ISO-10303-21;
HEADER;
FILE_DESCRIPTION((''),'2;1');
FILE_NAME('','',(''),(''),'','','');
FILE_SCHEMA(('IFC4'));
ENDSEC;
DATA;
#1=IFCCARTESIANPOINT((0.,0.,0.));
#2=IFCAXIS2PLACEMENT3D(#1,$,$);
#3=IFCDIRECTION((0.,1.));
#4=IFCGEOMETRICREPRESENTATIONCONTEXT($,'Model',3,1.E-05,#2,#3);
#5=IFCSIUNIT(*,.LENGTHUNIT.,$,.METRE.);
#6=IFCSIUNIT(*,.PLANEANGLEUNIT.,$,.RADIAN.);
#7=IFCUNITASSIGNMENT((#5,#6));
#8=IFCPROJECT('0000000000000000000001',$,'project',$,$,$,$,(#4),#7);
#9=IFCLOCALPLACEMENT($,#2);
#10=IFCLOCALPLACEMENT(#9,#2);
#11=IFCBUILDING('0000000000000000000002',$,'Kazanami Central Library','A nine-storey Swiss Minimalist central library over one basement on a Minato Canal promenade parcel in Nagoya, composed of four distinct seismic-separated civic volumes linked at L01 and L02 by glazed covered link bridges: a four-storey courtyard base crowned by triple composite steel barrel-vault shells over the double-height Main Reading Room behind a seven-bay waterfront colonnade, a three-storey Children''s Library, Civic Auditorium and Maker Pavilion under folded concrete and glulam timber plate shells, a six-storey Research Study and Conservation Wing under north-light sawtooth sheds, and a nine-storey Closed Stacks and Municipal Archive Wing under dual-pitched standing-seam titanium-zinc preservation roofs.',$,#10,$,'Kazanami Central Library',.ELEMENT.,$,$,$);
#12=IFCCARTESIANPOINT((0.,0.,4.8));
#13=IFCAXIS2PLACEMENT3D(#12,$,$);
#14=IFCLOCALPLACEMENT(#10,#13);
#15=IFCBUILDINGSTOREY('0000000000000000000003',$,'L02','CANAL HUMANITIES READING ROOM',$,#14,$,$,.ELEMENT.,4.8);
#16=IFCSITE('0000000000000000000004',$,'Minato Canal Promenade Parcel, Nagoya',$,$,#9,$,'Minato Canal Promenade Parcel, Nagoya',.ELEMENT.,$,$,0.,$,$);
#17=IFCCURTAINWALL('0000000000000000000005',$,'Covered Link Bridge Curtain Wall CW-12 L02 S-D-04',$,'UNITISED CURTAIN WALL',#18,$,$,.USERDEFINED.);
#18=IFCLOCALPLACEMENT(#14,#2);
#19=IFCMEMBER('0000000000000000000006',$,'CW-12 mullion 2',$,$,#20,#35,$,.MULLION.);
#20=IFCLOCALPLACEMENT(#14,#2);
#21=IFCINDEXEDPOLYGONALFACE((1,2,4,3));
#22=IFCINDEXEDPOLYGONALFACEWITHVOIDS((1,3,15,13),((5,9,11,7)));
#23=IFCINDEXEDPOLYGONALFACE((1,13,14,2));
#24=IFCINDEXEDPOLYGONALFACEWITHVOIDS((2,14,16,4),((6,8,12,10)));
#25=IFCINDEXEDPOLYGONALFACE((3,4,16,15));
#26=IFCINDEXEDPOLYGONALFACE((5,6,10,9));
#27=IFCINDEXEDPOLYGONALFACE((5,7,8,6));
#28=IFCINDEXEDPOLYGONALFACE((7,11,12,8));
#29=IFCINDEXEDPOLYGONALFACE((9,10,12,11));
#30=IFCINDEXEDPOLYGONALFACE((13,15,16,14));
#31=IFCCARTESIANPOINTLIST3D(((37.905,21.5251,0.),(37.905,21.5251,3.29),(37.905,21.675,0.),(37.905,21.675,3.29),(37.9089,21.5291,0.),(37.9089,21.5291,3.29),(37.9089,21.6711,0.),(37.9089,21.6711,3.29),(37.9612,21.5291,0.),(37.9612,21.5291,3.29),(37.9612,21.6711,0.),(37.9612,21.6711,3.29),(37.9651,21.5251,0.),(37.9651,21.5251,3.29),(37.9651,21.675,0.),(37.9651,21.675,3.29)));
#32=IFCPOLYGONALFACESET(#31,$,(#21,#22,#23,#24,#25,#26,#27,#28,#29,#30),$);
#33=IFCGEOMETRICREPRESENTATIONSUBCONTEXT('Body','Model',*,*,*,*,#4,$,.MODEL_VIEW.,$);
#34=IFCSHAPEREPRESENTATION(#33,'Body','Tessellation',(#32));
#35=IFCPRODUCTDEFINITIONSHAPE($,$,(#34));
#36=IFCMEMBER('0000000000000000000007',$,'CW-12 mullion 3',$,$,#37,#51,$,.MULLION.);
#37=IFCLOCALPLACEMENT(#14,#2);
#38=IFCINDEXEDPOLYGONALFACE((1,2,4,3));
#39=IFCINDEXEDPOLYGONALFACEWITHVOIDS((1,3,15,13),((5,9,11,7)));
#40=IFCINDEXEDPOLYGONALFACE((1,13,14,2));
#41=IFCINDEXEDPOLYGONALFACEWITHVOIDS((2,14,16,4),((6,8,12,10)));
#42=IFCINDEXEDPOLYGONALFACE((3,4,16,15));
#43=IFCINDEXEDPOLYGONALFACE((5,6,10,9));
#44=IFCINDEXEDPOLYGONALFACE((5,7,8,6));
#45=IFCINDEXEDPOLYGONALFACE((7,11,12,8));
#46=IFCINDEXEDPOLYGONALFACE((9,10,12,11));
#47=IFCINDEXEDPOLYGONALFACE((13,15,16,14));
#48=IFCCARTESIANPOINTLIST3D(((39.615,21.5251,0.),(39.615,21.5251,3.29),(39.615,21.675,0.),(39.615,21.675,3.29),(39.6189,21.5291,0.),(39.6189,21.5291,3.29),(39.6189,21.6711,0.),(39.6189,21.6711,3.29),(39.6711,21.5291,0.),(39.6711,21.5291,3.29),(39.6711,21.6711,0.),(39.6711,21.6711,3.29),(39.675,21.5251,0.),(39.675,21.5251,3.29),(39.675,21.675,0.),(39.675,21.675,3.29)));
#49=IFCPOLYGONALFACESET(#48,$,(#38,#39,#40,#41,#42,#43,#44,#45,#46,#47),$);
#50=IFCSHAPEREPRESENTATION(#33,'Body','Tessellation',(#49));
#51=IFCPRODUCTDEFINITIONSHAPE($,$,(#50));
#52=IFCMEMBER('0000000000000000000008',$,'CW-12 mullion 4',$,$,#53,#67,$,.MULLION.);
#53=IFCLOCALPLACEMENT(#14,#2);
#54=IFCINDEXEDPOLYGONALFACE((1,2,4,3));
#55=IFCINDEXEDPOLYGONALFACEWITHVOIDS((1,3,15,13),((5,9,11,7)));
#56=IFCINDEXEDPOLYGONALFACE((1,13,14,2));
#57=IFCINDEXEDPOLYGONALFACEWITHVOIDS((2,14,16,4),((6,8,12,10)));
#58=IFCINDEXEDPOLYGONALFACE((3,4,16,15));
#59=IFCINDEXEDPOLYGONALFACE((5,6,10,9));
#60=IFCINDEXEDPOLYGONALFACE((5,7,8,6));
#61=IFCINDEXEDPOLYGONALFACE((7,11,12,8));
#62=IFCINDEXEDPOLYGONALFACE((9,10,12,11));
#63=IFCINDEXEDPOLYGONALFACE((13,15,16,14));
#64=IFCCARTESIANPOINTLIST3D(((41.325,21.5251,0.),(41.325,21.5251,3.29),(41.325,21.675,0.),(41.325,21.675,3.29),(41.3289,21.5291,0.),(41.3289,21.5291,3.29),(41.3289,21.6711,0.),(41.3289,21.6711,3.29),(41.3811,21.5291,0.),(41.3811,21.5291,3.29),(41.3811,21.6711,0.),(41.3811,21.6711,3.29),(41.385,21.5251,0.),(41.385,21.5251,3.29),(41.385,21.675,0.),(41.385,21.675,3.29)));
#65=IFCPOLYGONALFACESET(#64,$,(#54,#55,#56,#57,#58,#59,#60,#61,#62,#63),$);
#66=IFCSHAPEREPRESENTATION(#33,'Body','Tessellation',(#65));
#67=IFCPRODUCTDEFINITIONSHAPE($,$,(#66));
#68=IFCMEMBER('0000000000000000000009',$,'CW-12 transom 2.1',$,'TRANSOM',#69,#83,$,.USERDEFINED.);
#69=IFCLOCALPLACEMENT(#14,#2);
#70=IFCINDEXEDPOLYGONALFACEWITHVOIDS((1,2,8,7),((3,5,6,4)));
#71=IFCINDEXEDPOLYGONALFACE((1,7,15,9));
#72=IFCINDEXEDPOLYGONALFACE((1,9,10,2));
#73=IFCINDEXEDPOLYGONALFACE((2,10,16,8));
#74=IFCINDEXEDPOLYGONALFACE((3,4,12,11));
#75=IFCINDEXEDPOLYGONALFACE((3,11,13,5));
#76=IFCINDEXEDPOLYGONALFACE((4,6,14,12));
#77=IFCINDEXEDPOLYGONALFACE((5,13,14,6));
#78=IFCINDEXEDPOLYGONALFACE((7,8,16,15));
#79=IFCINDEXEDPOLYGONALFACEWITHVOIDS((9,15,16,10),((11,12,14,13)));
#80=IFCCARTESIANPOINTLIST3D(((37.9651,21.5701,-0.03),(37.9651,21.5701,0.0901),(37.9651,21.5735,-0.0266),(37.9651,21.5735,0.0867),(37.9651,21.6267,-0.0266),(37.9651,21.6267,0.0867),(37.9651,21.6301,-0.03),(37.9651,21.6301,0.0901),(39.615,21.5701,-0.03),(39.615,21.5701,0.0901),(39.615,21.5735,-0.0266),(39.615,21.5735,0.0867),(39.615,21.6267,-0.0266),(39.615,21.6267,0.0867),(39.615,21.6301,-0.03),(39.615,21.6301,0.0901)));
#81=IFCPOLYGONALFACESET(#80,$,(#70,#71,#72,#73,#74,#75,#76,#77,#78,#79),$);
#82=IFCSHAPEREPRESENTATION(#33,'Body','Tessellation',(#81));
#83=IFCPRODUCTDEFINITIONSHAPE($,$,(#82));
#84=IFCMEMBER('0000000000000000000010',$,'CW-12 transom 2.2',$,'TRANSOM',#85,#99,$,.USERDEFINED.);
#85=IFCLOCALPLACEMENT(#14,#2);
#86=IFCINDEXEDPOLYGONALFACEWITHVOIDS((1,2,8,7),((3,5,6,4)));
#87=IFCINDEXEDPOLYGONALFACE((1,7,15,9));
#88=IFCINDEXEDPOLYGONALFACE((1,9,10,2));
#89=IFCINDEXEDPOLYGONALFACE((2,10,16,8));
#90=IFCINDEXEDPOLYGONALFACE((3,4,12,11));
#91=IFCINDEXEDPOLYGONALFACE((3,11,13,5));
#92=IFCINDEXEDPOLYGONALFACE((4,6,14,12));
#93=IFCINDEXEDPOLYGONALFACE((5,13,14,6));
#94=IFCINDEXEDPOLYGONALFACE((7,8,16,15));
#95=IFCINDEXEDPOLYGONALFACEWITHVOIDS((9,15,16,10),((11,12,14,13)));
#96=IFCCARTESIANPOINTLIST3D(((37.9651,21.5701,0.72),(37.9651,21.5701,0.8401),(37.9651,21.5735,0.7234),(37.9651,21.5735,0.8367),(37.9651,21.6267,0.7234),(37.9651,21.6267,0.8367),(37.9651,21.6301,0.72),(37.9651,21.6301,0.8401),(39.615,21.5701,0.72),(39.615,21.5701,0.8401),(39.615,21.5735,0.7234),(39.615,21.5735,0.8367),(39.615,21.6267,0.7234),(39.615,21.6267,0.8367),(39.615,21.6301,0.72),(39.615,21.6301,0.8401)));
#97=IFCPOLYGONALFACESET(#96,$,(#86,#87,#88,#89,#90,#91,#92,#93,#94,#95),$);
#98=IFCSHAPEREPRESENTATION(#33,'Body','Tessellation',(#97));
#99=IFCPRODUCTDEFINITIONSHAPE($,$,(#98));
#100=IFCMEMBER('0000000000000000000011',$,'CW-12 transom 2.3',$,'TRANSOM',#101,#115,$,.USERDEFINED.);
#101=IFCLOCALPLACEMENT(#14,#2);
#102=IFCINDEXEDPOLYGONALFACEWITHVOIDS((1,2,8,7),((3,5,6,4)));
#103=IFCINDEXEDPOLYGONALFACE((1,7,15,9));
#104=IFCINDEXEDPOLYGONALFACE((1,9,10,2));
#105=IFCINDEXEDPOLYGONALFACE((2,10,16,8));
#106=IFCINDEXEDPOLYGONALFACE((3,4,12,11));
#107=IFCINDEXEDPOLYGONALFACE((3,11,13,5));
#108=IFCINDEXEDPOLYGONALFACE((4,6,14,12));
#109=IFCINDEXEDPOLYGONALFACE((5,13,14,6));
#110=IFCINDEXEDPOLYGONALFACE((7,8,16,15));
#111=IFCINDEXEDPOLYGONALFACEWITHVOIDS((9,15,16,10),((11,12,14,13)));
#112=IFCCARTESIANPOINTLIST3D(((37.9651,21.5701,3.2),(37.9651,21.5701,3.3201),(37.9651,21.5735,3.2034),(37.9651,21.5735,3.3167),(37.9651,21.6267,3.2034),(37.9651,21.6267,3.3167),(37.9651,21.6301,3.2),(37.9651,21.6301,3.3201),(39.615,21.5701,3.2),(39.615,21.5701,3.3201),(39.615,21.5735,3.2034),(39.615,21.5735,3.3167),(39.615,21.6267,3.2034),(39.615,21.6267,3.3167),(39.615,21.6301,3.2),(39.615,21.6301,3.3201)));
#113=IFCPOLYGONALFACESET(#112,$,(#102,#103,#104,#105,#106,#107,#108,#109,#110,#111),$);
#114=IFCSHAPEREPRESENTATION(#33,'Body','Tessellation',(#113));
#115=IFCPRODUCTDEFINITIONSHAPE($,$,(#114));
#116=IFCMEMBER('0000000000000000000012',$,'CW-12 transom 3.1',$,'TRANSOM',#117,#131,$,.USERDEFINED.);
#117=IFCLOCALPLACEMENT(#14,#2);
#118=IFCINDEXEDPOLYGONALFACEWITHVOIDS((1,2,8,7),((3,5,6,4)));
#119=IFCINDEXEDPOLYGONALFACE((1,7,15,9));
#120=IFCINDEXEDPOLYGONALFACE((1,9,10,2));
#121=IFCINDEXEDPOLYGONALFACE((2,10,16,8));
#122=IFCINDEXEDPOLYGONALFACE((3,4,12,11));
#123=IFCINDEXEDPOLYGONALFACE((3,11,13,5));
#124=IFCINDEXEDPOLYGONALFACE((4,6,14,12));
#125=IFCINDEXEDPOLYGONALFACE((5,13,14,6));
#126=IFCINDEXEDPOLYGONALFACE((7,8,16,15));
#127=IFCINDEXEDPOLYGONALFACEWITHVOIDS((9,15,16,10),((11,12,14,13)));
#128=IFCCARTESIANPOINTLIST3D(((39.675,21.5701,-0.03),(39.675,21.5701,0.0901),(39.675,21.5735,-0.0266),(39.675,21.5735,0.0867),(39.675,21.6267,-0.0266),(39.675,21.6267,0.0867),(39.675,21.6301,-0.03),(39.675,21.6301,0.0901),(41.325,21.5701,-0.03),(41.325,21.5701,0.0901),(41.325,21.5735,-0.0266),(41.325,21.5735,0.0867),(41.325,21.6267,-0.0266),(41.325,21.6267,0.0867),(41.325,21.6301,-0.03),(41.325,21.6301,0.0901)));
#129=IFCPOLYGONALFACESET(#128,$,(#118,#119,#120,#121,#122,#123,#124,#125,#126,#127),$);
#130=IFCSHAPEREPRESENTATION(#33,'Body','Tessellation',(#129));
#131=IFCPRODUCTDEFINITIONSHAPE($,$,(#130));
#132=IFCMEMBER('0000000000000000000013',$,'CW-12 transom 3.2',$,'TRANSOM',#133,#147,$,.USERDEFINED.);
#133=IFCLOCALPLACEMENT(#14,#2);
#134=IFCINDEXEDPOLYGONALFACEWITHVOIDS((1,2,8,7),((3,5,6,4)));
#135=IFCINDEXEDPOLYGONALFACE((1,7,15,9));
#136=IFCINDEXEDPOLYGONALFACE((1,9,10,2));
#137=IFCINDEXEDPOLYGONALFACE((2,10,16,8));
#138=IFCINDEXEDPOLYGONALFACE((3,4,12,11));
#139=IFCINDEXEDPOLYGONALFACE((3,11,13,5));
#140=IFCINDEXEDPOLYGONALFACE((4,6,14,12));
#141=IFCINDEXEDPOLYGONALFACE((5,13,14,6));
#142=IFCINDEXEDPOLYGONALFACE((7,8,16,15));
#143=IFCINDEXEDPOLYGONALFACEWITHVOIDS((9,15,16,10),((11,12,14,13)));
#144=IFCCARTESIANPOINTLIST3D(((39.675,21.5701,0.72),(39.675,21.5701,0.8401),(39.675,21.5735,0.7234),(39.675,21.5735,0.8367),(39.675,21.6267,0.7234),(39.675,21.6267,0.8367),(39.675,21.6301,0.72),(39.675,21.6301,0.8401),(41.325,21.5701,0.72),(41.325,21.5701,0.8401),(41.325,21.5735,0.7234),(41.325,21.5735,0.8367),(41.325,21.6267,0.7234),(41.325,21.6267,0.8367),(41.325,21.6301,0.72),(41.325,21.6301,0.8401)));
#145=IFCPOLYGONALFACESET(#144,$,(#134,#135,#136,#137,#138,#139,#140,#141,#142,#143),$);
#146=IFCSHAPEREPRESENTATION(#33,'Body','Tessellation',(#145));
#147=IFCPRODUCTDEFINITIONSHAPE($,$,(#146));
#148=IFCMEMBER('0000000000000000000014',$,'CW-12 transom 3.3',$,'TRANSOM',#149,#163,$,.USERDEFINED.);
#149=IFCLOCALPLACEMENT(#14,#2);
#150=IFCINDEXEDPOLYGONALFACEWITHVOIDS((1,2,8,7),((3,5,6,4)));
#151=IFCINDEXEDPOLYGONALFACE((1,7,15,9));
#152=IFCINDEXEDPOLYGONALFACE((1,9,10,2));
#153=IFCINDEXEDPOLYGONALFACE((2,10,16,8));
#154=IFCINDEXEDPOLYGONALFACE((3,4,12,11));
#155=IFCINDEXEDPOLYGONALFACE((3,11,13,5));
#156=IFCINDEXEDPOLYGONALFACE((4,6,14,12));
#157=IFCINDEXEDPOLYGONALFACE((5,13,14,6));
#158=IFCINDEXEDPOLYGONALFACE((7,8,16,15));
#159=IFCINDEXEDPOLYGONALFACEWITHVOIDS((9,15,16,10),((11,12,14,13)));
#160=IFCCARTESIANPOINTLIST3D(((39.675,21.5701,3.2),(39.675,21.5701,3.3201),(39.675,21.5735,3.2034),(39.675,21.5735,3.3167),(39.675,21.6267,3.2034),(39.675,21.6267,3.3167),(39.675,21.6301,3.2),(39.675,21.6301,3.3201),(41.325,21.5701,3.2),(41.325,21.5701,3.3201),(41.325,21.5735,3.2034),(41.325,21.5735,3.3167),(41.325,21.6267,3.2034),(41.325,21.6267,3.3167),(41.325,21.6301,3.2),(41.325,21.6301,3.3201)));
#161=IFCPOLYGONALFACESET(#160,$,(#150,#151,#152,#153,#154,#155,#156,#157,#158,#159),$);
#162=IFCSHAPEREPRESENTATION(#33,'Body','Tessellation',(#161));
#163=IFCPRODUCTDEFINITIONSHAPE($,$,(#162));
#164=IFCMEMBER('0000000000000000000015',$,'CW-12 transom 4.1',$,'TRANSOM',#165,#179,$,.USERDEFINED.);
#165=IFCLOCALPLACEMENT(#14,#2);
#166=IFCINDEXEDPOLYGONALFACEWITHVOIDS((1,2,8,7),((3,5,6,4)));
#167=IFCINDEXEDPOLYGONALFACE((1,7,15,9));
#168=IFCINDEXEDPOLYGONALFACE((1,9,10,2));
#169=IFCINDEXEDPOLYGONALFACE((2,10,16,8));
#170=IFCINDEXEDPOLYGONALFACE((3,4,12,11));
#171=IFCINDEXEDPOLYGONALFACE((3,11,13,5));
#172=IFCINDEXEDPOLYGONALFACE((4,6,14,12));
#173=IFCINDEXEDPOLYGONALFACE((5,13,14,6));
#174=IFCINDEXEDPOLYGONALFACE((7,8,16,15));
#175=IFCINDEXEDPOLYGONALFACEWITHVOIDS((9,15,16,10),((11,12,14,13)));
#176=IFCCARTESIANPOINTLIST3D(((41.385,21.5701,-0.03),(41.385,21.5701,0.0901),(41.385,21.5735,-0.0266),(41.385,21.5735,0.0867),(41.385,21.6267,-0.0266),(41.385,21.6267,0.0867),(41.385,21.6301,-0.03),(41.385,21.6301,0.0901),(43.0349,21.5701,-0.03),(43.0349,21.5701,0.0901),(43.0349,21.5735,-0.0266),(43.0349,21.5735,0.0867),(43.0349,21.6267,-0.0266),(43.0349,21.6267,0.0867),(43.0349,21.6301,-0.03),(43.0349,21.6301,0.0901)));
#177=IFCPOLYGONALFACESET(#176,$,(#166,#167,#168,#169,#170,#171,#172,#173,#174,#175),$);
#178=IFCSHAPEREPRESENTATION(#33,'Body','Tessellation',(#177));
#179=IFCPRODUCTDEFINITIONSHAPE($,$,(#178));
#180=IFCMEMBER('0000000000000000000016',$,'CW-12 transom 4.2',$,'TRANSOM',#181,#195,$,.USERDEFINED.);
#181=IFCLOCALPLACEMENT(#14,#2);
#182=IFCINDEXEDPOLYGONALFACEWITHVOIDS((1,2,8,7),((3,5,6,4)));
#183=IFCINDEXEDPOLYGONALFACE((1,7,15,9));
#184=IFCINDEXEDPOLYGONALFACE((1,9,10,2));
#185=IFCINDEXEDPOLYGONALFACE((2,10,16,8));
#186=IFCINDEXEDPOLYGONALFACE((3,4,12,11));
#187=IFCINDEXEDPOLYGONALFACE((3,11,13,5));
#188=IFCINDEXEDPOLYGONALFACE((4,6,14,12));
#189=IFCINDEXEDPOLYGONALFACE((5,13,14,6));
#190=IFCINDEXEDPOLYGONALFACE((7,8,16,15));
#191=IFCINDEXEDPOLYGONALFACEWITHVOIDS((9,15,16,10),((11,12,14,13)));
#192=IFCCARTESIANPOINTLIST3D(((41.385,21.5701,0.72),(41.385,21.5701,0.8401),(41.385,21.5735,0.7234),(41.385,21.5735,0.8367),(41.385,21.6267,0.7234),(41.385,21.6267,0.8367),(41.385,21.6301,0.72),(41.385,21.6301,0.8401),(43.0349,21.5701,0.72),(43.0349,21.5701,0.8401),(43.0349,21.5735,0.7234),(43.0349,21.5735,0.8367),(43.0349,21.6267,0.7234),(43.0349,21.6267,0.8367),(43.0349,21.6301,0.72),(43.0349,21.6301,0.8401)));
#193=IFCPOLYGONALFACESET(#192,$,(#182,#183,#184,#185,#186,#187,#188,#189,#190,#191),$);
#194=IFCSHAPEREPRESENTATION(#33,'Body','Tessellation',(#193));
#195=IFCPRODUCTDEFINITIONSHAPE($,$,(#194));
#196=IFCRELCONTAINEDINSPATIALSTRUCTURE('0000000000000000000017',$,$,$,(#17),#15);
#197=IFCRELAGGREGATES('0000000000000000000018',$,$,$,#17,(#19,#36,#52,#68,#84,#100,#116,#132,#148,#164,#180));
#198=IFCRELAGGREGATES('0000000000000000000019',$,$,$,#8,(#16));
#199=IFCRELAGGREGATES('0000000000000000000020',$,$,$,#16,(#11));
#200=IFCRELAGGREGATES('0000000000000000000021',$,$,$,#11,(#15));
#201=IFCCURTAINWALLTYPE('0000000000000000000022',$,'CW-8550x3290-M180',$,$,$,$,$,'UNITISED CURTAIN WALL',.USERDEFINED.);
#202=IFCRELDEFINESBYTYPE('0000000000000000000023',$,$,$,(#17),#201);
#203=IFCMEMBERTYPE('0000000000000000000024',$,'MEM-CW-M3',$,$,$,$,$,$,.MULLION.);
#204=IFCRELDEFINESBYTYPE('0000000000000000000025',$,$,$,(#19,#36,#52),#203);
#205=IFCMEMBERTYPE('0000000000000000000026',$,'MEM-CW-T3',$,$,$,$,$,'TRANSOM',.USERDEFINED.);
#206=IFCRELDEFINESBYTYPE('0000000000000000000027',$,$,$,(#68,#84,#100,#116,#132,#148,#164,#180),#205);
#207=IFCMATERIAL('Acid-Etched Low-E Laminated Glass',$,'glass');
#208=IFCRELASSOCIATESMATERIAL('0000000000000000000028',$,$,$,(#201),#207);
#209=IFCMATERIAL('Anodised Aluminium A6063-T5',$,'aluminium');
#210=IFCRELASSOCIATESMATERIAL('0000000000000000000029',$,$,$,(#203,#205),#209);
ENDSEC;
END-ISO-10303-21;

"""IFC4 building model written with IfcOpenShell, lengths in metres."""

from ifc_helpers import new_model, si_unit, direction, frame, origin, origin_2d, place, context, subcontext, project, spatial, hollow_rectangle, extrude, material, material_profile, profile_set, type_object, element, aggregate, save


model = new_model("IFC4")

# Units and contexts
model_context = context("Model", 3, precision=1e-05, world=origin(), true_north=direction((0.0, 1.0)))
body_context = subcontext(model_context, "Body", "Model", "MODEL_VIEW")
ifc_project = project(units=[si_unit("LENGTHUNIT", "METRE"), si_unit("PLANEANGLEUNIT", "RADIAN")], contexts=[model_context])

# Site, building, storey
site_placement = place(None, origin())
site = spatial("IfcSite", under=ifc_project, at=site_placement, Name="Minato Canal Promenade Parcel, Nagoya", LongName="Minato Canal Promenade Parcel, Nagoya", CompositionType="ELEMENT", RefElevation=0.0)
building_placement = place(site_placement, origin())
building = spatial("IfcBuilding", under=site, at=building_placement, Name="Kazanami Central Library", Description="A nine-storey Swiss Minimalist central library over one basement on a Minato Canal promenade parcel in Nagoya, composed of four distinct seismic-separated civic volumes linked at L01 and L02 by glazed covered link bridges: a four-storey courtyard base crowned by triple composite steel barrel-vault shells over the double-height Main Reading Room behind a seven-bay waterfront colonnade, a three-storey Children's Library, Civic Auditorium and Maker Pavilion under folded concrete and glulam timber plate shells, a six-storey Research Study and Conservation Wing under north-light sawtooth sheds, and a nine-storey Closed Stacks and Municipal Archive Wing under dual-pitched standing-seam titanium-zinc preservation roofs.", LongName="Kazanami Central Library", CompositionType="ELEMENT")
storey_placement = place(building_placement, frame((0.0, 0.0, 4.8)))
storey = spatial("IfcBuildingStorey", under=building, at=storey_placement, Name="L02", Description="CANAL HUMANITIES READING ROOM", CompositionType="ELEMENT", Elevation=4.8)

# Curtain wall, members
ifc_material_1 = material(Name="Acid-Etched Low-E Laminated Glass", Category="glass")
curtain_wall_type = type_object("IfcCurtainWallType", Name="CW-8550x3290-M180", ElementType="UNITISED CURTAIN WALL", PredefinedType="USERDEFINED", material=ifc_material_1)
curtain_wall_placement = place(storey_placement, origin())
curtain_wall = element("IfcCurtainWall", 1, at=curtain_wall_placement, inside=storey, type_object=curtain_wall_type, Name="Covered Link Bridge Curtain Wall CW-12 L02 S-D-04", ObjectType="UNITISED CURTAIN WALL", PredefinedType="USERDEFINED")
ifc_material_2 = material(Name="Anodised Aluminium A6063-T5", Category="aluminium")
ifc_material_profile_1 = material_profile(ifc_material_2, hollow_rectangle(XDim=0.0601, YDim=0.1499, WallThickness=0.0039, at=origin_2d()), Name="ALU-MULL-60x150x4")
ifc_profile_set_1 = profile_set([ifc_material_profile_1], Name="Anodised Aluminium A6063-T5")
member_type_1 = type_object("IfcMemberType", Name="MEM-CW-M3", PredefinedType="MULLION", material=ifc_profile_set_1)
member_1_placement = place(storey_placement, frame((37.9351, 21.6001, 0.0), z_axis=(0.0, 0.0, 1.0), x_axis=(1.0, 0.0, 0.0)))
member_1 = element("IfcMember", 2, at=member_1_placement, type_object=member_type_1, Name="CW-12 mullion 2", PredefinedType="MULLION", context=body_context, shape_type="SweptSolid", body=[
    extrude(hollow_rectangle(XDim=0.0601, YDim=0.1499, WallThickness=0.0039, at=origin_2d()), origin(), (0.0, 0.0, 1.0), 3.29),
])
member_2_placement = place(storey_placement, frame((39.645, 21.6001, 0.0), z_axis=(0.0, 0.0, 1.0), x_axis=(1.0, 0.0, 0.0)))
member_2 = element("IfcMember", 3, at=member_2_placement, type_object=member_type_1, Name="CW-12 mullion 3", PredefinedType="MULLION", context=body_context, shape_type="SweptSolid", body=[
    extrude(hollow_rectangle(XDim=0.0601, YDim=0.1499, WallThickness=0.0039, at=origin_2d()), origin(), (0.0, 0.0, 1.0), 3.29),
])
member_3_placement = place(storey_placement, frame((41.355, 21.6001, 0.0), z_axis=(0.0, 0.0, 1.0), x_axis=(1.0, 0.0, 0.0)))
member_3 = element("IfcMember", 4, at=member_3_placement, type_object=member_type_1, Name="CW-12 mullion 4", PredefinedType="MULLION", context=body_context, shape_type="SweptSolid", body=[
    extrude(hollow_rectangle(XDim=0.0601, YDim=0.1499, WallThickness=0.0039, at=origin_2d()), origin(), (0.0, 0.0, 1.0), 3.29),
])
ifc_material_profile_2 = material_profile(ifc_material_2, hollow_rectangle(XDim=0.0601, YDim=0.1201, WallThickness=0.0034, at=origin_2d()), Name="ALU-TRAN-60x120x3.5")
ifc_profile_set_2 = profile_set([ifc_material_profile_2], Name="Anodised Aluminium A6063-T5")
member_type_2 = type_object("IfcMemberType", Name="MEM-CW-T3", ElementType="TRANSOM", PredefinedType="USERDEFINED", material=ifc_profile_set_2)
member_4_placement = place(storey_placement, frame((37.9651, 21.6001, 0.03), z_axis=(1.0, 0.0, 0.0), x_axis=(0.0, 1.0, 0.0)))
member_4 = element("IfcMember", 5, at=member_4_placement, type_object=member_type_2, Name="CW-12 transom 2.1", ObjectType="TRANSOM", PredefinedType="USERDEFINED", context=body_context, shape_type="SweptSolid", body=[
    extrude(hollow_rectangle(XDim=0.0601, YDim=0.1201, WallThickness=0.0034, at=origin_2d()), origin(), (0.0, 0.0, 1.0), 1.6499),
])
member_5_placement = place(storey_placement, frame((37.9651, 21.6001, 0.78), z_axis=(1.0, 0.0, 0.0), x_axis=(0.0, 1.0, 0.0)))
member_5 = element("IfcMember", 6, at=member_5_placement, type_object=member_type_2, Name="CW-12 transom 2.2", ObjectType="TRANSOM", PredefinedType="USERDEFINED", context=body_context, shape_type="SweptSolid", body=[
    extrude(hollow_rectangle(XDim=0.0601, YDim=0.1201, WallThickness=0.0034, at=origin_2d()), origin(), (0.0, 0.0, 1.0), 1.6499),
])
member_6_placement = place(storey_placement, frame((37.9651, 21.6001, 3.26), z_axis=(1.0, 0.0, 0.0), x_axis=(0.0, 1.0, 0.0)))
member_6 = element("IfcMember", 7, at=member_6_placement, type_object=member_type_2, Name="CW-12 transom 2.3", ObjectType="TRANSOM", PredefinedType="USERDEFINED", context=body_context, shape_type="SweptSolid", body=[
    extrude(hollow_rectangle(XDim=0.0601, YDim=0.1201, WallThickness=0.0034, at=origin_2d()), origin(), (0.0, 0.0, 1.0), 1.6499),
])
member_7_placement = place(storey_placement, frame((39.675, 21.6001, 0.03), z_axis=(1.0, 0.0, 0.0), x_axis=(0.0, 1.0, 0.0)))
member_7 = element("IfcMember", 8, at=member_7_placement, type_object=member_type_2, Name="CW-12 transom 3.1", ObjectType="TRANSOM", PredefinedType="USERDEFINED", context=body_context, shape_type="SweptSolid", body=[
    extrude(hollow_rectangle(XDim=0.0601, YDim=0.1201, WallThickness=0.0034, at=origin_2d()), origin(), (0.0, 0.0, 1.0), 1.6499),
])
member_8_placement = place(storey_placement, frame((39.675, 21.6001, 0.78), z_axis=(1.0, 0.0, 0.0), x_axis=(0.0, 1.0, 0.0)))
member_8 = element("IfcMember", 9, at=member_8_placement, type_object=member_type_2, Name="CW-12 transom 3.2", ObjectType="TRANSOM", PredefinedType="USERDEFINED", context=body_context, shape_type="SweptSolid", body=[
    extrude(hollow_rectangle(XDim=0.0601, YDim=0.1201, WallThickness=0.0034, at=origin_2d()), origin(), (0.0, 0.0, 1.0), 1.6499),
])
member_9_placement = place(storey_placement, frame((39.675, 21.6001, 3.26), z_axis=(1.0, 0.0, 0.0), x_axis=(0.0, 1.0, 0.0)))
member_9 = element("IfcMember", 10, at=member_9_placement, type_object=member_type_2, Name="CW-12 transom 3.3", ObjectType="TRANSOM", PredefinedType="USERDEFINED", context=body_context, shape_type="SweptSolid", body=[
    extrude(hollow_rectangle(XDim=0.0601, YDim=0.1201, WallThickness=0.0034, at=origin_2d()), origin(), (0.0, 0.0, 1.0), 1.6499),
])
member_10_placement = place(storey_placement, frame((41.385, 21.6001, 0.03), z_axis=(1.0, 0.0, 0.0), x_axis=(0.0, 1.0, 0.0)))
member_10 = element("IfcMember", 11, at=member_10_placement, type_object=member_type_2, Name="CW-12 transom 4.1", ObjectType="TRANSOM", PredefinedType="USERDEFINED", context=body_context, shape_type="SweptSolid", body=[
    extrude(hollow_rectangle(XDim=0.0601, YDim=0.1201, WallThickness=0.0034, at=origin_2d()), origin(), (0.0, 0.0, 1.0), 1.6499),
])
member_11_placement = place(storey_placement, frame((41.385, 21.6001, 0.78), z_axis=(1.0, 0.0, 0.0), x_axis=(0.0, 1.0, 0.0)))
member_11 = element("IfcMember", 12, at=member_11_placement, type_object=member_type_2, Name="CW-12 transom 4.2", ObjectType="TRANSOM", PredefinedType="USERDEFINED", context=body_context, shape_type="SweptSolid", body=[
    extrude(hollow_rectangle(XDim=0.0601, YDim=0.1201, WallThickness=0.0034, at=origin_2d()), origin(), (0.0, 0.0, 1.0), 1.6499),
])
aggregate(curtain_wall, [member_1, member_2, member_3, member_4, member_5, member_6, member_7, member_8, member_9, member_10, member_11])

save(model, "model.ifc")
